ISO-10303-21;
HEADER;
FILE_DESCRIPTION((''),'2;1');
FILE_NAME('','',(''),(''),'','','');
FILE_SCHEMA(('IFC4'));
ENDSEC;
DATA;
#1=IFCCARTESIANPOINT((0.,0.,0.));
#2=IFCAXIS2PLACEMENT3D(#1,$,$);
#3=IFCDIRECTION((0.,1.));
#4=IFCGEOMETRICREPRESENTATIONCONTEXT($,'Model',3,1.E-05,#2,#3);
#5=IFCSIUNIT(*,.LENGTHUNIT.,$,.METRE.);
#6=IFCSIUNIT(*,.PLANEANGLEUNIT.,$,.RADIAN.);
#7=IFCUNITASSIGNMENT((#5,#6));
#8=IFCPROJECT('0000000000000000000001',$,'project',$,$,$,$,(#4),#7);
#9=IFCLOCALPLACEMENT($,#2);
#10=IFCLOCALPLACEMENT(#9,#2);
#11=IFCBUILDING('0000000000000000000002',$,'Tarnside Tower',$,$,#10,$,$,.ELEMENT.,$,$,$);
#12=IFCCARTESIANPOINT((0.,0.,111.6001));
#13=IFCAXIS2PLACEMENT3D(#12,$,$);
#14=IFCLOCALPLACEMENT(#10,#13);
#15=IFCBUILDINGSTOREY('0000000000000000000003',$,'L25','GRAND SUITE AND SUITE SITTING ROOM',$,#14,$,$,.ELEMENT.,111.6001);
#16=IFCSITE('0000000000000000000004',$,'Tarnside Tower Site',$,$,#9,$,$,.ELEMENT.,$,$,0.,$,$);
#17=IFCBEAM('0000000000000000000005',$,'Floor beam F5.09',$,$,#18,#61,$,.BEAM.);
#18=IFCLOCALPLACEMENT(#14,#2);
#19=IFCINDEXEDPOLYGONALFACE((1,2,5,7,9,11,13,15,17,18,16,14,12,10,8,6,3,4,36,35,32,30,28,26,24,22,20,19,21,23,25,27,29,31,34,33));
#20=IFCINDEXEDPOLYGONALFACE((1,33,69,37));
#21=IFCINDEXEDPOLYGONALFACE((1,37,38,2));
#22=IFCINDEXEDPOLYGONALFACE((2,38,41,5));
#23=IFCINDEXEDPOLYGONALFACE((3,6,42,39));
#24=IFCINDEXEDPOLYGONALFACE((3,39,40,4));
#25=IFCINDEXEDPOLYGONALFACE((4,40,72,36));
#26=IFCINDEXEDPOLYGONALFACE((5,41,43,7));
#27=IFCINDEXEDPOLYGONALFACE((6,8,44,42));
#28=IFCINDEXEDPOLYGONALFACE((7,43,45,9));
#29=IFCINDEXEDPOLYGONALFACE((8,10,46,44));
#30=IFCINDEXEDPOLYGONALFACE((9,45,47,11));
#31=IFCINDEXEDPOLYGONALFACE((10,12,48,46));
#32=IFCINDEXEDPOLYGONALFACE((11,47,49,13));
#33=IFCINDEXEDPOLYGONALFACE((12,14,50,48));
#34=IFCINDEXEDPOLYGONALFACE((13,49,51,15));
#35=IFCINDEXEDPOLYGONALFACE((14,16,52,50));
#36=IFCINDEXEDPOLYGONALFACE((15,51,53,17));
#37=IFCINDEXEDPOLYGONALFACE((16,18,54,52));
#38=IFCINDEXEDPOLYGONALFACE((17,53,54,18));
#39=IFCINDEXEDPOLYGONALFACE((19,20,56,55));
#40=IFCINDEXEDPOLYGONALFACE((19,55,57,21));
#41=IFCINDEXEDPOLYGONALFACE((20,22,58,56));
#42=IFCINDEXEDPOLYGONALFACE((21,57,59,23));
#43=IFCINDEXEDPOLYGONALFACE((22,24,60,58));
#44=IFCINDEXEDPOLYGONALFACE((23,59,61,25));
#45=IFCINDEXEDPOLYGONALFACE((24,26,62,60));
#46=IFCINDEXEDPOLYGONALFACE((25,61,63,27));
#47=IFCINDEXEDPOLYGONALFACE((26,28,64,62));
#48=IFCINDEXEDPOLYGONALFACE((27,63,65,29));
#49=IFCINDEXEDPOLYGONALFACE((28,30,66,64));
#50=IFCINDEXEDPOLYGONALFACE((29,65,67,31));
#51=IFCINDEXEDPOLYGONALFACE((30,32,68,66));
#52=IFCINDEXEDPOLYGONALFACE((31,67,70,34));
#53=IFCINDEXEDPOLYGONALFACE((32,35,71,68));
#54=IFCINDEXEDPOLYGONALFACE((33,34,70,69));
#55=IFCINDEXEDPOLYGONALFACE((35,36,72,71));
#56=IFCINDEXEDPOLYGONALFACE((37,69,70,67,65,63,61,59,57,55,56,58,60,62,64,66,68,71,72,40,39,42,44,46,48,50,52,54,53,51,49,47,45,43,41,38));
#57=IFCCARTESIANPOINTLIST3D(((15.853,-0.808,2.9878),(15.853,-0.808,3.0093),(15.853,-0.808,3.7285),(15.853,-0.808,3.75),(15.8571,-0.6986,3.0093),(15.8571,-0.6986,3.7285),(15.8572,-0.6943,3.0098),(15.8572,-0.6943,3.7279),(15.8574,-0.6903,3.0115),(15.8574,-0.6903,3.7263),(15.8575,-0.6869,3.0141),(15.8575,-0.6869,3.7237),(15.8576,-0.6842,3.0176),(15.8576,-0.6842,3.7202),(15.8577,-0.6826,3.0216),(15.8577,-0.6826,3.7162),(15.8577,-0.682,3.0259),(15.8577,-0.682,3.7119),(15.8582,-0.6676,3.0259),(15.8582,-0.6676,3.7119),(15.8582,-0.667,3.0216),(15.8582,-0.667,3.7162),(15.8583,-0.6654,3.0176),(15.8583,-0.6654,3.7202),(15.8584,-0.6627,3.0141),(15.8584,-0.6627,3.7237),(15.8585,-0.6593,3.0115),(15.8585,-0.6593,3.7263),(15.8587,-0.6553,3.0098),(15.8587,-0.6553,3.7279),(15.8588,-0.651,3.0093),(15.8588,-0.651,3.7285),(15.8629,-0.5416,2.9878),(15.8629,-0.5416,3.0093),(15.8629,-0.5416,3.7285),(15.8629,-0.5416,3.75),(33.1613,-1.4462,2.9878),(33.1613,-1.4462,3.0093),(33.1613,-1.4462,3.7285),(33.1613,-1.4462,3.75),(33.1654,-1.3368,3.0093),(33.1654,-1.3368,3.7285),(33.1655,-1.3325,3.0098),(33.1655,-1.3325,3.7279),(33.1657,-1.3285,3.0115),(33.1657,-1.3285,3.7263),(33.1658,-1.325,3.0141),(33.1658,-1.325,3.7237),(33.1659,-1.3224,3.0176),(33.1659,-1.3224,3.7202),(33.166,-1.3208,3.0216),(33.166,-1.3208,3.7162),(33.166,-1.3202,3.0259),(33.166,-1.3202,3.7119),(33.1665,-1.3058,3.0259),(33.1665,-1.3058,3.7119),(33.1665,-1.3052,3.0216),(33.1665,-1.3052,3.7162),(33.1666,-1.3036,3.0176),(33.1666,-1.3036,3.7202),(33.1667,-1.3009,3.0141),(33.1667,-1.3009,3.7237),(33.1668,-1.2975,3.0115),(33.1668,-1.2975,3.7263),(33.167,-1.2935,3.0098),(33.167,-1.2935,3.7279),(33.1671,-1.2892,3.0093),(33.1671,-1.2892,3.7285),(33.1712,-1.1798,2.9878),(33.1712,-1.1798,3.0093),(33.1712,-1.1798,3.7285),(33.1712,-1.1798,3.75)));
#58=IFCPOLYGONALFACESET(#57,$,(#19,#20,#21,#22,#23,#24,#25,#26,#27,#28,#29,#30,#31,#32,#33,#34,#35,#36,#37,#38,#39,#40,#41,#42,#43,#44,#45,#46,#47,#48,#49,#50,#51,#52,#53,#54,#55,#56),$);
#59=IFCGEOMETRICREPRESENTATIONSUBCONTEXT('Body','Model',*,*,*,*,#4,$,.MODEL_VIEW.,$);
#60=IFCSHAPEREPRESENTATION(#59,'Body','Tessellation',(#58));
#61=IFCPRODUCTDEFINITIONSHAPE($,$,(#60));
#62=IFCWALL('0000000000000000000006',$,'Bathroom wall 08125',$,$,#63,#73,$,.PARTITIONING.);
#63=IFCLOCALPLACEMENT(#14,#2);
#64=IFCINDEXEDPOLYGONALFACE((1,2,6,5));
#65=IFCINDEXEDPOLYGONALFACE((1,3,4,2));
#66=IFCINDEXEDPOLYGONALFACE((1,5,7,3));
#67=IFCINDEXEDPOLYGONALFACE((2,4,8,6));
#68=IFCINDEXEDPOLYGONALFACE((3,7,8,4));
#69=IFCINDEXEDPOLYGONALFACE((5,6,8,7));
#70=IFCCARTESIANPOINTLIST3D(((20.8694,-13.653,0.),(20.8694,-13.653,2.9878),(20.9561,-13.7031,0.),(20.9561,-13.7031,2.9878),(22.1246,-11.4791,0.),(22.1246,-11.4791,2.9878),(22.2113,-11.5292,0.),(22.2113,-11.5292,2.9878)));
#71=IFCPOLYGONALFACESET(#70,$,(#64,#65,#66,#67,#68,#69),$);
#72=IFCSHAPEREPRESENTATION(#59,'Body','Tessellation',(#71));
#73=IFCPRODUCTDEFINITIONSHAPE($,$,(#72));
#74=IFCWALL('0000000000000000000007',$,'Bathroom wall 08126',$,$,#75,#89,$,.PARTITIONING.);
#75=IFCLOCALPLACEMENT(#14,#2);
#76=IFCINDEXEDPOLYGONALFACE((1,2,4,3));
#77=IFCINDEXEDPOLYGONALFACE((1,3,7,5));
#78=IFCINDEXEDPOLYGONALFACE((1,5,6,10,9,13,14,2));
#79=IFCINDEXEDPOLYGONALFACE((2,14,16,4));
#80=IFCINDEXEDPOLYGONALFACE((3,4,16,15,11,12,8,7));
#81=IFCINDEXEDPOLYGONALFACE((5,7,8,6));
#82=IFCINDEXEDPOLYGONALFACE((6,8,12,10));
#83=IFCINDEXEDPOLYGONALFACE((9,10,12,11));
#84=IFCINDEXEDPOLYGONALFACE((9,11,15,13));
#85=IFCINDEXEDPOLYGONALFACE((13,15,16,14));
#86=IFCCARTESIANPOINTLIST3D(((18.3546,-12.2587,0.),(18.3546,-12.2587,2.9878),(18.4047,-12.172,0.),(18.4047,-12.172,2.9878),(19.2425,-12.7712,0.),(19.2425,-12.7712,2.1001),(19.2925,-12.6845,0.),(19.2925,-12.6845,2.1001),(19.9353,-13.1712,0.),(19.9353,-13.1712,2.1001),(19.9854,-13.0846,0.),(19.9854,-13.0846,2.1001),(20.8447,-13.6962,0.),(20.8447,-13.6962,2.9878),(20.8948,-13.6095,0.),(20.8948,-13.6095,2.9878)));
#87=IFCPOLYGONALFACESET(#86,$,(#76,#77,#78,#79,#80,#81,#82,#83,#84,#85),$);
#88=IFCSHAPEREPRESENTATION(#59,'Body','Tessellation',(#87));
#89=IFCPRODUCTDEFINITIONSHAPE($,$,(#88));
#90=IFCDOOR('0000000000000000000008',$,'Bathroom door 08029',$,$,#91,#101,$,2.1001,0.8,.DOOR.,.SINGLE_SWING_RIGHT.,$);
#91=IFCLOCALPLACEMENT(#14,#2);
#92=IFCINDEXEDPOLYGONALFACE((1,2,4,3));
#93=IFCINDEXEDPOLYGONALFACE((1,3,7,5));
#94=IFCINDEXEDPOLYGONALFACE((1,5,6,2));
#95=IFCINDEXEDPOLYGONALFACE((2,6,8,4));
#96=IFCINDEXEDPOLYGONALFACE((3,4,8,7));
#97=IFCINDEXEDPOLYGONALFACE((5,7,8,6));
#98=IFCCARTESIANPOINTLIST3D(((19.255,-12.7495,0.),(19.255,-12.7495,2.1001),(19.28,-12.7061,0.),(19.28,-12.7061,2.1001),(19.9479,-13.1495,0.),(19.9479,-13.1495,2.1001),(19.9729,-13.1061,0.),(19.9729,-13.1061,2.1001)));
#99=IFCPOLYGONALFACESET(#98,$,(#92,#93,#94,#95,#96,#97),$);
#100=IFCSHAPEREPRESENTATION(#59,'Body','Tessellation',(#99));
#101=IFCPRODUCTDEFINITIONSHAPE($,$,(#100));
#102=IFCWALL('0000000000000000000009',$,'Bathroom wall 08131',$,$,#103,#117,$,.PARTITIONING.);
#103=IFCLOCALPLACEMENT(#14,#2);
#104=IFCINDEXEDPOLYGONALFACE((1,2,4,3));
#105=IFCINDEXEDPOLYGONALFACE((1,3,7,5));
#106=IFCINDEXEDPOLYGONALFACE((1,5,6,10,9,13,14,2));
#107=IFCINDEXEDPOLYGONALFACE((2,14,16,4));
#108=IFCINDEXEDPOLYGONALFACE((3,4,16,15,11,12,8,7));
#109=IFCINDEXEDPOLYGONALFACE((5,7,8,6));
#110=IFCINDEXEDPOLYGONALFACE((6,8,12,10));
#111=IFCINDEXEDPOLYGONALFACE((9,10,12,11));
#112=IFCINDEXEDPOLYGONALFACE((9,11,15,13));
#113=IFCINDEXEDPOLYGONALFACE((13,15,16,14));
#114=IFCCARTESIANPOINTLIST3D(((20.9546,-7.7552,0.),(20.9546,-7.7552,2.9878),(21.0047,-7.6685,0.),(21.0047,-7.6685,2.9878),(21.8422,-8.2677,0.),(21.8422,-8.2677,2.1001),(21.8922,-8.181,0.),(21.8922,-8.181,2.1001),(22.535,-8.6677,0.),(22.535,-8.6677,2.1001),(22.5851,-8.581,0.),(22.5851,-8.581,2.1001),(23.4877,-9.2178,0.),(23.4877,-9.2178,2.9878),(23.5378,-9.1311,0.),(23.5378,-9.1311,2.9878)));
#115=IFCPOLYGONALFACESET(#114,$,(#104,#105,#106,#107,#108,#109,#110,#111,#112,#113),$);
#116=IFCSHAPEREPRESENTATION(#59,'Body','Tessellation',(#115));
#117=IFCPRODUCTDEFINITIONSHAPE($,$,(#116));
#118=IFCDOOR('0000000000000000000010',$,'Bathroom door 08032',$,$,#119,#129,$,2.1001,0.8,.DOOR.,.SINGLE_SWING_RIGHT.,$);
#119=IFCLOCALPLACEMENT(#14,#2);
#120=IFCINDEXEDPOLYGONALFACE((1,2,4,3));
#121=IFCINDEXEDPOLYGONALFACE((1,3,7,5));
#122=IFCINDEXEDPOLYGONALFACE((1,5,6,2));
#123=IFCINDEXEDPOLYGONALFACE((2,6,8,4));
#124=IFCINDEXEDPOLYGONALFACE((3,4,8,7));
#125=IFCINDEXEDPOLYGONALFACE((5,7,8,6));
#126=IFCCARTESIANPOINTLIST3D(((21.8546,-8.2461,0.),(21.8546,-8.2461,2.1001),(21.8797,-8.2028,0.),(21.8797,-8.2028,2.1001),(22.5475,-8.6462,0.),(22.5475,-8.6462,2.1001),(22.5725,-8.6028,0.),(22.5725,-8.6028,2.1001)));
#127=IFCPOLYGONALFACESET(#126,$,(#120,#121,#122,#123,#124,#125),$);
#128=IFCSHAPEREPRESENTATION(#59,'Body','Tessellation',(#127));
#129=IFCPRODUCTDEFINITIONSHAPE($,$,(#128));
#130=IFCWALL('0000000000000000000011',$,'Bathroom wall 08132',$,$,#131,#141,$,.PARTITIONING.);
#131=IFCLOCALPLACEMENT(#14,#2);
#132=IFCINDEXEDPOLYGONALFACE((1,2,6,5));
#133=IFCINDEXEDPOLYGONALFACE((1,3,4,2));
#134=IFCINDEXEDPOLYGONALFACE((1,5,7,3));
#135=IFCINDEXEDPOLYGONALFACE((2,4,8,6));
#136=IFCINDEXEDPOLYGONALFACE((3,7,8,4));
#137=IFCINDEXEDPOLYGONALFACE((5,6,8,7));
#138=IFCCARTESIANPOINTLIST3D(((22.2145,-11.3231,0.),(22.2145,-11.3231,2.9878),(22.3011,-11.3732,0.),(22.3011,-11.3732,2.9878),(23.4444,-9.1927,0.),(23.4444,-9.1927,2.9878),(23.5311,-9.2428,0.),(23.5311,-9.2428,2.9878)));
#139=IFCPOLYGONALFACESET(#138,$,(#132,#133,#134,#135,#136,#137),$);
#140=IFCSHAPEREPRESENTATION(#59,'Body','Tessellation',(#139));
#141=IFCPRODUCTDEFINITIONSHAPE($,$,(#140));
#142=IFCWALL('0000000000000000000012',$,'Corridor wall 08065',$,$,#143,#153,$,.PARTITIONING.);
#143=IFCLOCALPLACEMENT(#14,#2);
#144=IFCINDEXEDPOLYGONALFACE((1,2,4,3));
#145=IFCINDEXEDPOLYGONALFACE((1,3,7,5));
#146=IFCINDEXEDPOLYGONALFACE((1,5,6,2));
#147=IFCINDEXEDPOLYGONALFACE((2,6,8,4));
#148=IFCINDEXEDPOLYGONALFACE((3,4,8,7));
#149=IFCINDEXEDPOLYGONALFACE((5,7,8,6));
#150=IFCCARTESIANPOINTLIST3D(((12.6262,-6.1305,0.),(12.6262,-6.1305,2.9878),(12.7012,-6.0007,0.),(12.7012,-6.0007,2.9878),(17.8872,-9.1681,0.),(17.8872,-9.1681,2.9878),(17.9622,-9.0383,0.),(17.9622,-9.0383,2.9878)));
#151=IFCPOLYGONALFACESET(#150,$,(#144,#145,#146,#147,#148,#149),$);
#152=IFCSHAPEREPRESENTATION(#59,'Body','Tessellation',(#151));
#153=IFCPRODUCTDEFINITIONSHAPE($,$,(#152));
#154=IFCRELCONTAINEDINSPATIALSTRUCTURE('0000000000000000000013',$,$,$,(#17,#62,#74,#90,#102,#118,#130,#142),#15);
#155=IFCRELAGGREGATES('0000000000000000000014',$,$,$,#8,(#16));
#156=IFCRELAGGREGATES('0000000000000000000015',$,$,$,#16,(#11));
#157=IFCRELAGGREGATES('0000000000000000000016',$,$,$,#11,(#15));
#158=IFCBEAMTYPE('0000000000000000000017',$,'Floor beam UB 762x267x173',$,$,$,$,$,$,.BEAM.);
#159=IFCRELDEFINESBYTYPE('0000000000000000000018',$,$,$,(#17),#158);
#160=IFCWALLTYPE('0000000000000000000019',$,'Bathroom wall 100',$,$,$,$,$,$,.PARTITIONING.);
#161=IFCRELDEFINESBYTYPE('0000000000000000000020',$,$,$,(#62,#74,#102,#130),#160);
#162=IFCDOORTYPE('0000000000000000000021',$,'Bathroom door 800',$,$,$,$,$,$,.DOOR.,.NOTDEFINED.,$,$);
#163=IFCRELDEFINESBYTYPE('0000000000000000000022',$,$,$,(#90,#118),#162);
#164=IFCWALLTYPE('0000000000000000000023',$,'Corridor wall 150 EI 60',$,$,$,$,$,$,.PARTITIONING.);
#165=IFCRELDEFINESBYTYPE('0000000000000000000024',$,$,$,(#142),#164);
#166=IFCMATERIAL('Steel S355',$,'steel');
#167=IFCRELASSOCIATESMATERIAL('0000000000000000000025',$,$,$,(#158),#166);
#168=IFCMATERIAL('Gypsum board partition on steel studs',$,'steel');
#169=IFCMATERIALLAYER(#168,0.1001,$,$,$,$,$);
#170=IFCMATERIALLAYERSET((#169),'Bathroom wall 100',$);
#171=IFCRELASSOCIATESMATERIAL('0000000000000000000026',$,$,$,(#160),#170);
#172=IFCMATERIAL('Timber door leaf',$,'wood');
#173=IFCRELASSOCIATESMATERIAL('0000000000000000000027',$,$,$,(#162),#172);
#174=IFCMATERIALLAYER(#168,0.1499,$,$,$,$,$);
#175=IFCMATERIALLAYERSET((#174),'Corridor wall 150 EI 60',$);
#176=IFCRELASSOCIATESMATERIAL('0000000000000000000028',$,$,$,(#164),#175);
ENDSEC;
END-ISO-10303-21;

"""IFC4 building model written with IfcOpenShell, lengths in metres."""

from ifc_helpers import new_model, si_unit, direction, frame, frame_2d, origin, origin_2d, place, context, subcontext, project, spatial, rectangle, i_section, extrude, material, layer, layer_set, material_profile, profile_set, type_object, element, fill, save


model = new_model("IFC4")

# Units and contexts
model_context = context("Model", 3, precision=1e-05, world=origin(), true_north=direction((0.0, 1.0)))
body_context = subcontext(model_context, "Body", "Model", "MODEL_VIEW")
ifc_project = project(units=[si_unit("LENGTHUNIT", "METRE"), si_unit("PLANEANGLEUNIT", "RADIAN")], contexts=[model_context])

# Site, building, storey
site_placement = place(None, origin())
site = spatial("IfcSite", under=ifc_project, at=site_placement, Name="Tarnside Tower Site", CompositionType="ELEMENT", RefElevation=0.0)
building_placement = place(site_placement, origin())
building = spatial("IfcBuilding", under=site, at=building_placement, Name="Tarnside Tower", CompositionType="ELEMENT")
storey_placement = place(building_placement, frame((0.0, 0.0, 111.6001)))
storey = spatial("IfcBuildingStorey", under=building, at=storey_placement, Name="L25", Description="GRAND SUITE AND SUITE SITTING ROOM", CompositionType="ELEMENT", Elevation=111.6001)

# Beam
ifc_material_1 = material(Name="Steel S355", Category="steel")
ifc_material_profile_1 = material_profile(ifc_material_1, i_section(OverallWidth=0.2666, OverallDepth=0.7622, WebThickness=0.0144, FlangeThickness=0.0215, FilletRadius=0.0166, at=origin_2d()), Name="UB 762x267x173")
ifc_profile_set_1 = profile_set([ifc_material_profile_1], Name="Steel S355")
beam_type_1 = type_object("IfcBeamType", Name="Floor beam UB 762x267x173", PredefinedType="BEAM", material=ifc_profile_set_1)
beam_1_placement = place(storey_placement, frame((33.1663, -1.313, 3.3689), z_axis=(-0.999321, 0.036846, 0.0), x_axis=(-0.036846, -0.999321, 0.0)))
element("IfcBeam", 1, at=beam_1_placement, inside=storey, type_object=beam_type_1, Name="Floor beam F5.09", PredefinedType="BEAM", context=body_context, shape_type="SweptSolid", body=[
    extrude(i_section(OverallWidth=0.2666, OverallDepth=0.7622, WebThickness=0.0144, FlangeThickness=0.0215, FilletRadius=0.0166, at=origin_2d()), origin(), (0.0, 0.0, 1.0), 17.3201),
])

# Wall
ifc_material_2 = material(Name="Gypsum board partition on steel studs", Category="steel")
ifc_layer_1 = layer(ifc_material_2, 0.1001)
ifc_layer_set_1 = layer_set([ifc_layer_1], Name="Bathroom wall 100")
wall_type_1 = type_object("IfcWallType", Name="Bathroom wall 100", PredefinedType="PARTITIONING", material=ifc_layer_set_1)
wall_1_placement = place(storey_placement, frame((22.168, -11.5042, 0.0), z_axis=(0.0, 0.0, 1.0), x_axis=(-0.50002, -0.866014, 0.0)))
element("IfcWall", 2, at=wall_1_placement, inside=storey, type_object=wall_type_1, Name="Bathroom wall 08125", PredefinedType="PARTITIONING", context=body_context, shape_type="SweptSolid", body=[
    extrude(rectangle(XDim=2.5103, YDim=0.1001, at=frame_2d((1.2551, 0.0))), origin(), (0.0, 0.0, 1.0), 2.9878),
])

# Walls, openings, doors
wall_2_placement = place(storey_placement, frame((20.8696, -13.6528, 0.0), z_axis=(0.0, 0.0, 1.0), x_axis=(-0.86604, 0.499975, 0.0)))
wall_2 = element("IfcWall", 3, at=wall_2_placement, inside=storey, type_object=wall_type_1, Name="Bathroom wall 08126", PredefinedType="PARTITIONING", context=body_context, shape_type="SweptSolid", body=[
    extrude(rectangle(XDim=2.8752, YDim=0.1001, at=frame_2d((1.4375, 0.0))), origin(), (0.0, 0.0, 1.0), 2.9878),
])
opening_1_placement = place(wall_2_placement, frame((1.05, 0.0, 0.0)))
opening_1 = element("IfcOpeningElement", 4, at=opening_1_placement, cuts=wall_2, PredefinedType="OPENING", context=body_context, shape_type="SweptSolid", body=[
    extrude(rectangle(XDim=0.8, YDim=2.1001, at=frame_2d((0.3999, 1.05))), frame((0.0, 0.0601, 0.0), z_axis=(0.0, -1.0, 0.0), x_axis=(1.0, 0.0, 0.0)), (0.0, 0.0, 1.0), 0.1201),
])
ifc_material_3 = material(Name="Timber door leaf", Category="wood")
door_type_1 = type_object("IfcDoorType", Name="Bathroom door 800", OperationType="NOTDEFINED", PredefinedType="DOOR", material=ifc_material_3)
door_1_placement = place(opening_1_placement, origin())
door_1 = element("IfcDoor", 5, at=door_1_placement, inside=storey, type_object=door_type_1, Name="Bathroom door 08029", OperationType="SINGLE_SWING_RIGHT", OverallHeight=2.1001, OverallWidth=0.8, PredefinedType="DOOR", context=body_context, shape_type="SweptSolid", body=[
    extrude(rectangle(XDim=0.8, YDim=2.1001, at=frame_2d((0.3999, 1.05))), frame((0.0, 0.0249, 0.0), z_axis=(0.0, -1.0, 0.0), x_axis=(1.0, 0.0, 0.0)), (0.0, 0.0, 1.0), 0.05),
])
fill(opening_1, door_1)
wall_3_placement = place(storey_placement, frame((20.9797, -7.7119, 0.0), z_axis=(0.0, 0.0, 1.0), x_axis=(0.86601, -0.500026, 0.0)))
wall_3 = element("IfcWall", 6, at=wall_3_placement, inside=storey, type_object=wall_type_1, Name="Bathroom wall 08131", PredefinedType="PARTITIONING", context=body_context, shape_type="SweptSolid", body=[
    extrude(rectangle(XDim=2.925, YDim=0.1001, at=frame_2d((1.4624, 0.0))), origin(), (0.0, 0.0, 1.0), 2.9878),
])
opening_2_placement = place(wall_3_placement, frame((1.0249, 0.0, 0.0)))
opening_2 = element("IfcOpeningElement", 7, at=opening_2_placement, cuts=wall_3, PredefinedType="OPENING", context=body_context, shape_type="SweptSolid", body=[
    extrude(rectangle(XDim=0.8, YDim=2.1001, at=frame_2d((0.3999, 1.05))), frame((0.0, 0.0601, 0.0), z_axis=(0.0, -1.0, 0.0), x_axis=(1.0, 0.0, 0.0)), (0.0, 0.0, 1.0), 0.1201),
])
door_2_placement = place(opening_2_placement, origin())
door_2 = element("IfcDoor", 8, at=door_2_placement, inside=storey, type_object=door_type_1, Name="Bathroom door 08032", OperationType="SINGLE_SWING_RIGHT", OverallHeight=2.1001, OverallWidth=0.8, PredefinedType="DOOR", context=body_context, shape_type="SweptSolid", body=[
    extrude(rectangle(XDim=0.8, YDim=2.1001, at=frame_2d((0.3999, 1.05))), frame((0.0, 0.0249, 0.0), z_axis=(0.0, -1.0, 0.0), x_axis=(1.0, 0.0, 0.0)), (0.0, 0.0, 1.0), 0.05),
])
fill(opening_2, door_2)

# Walls
wall_4_placement = place(storey_placement, frame((23.4878, -9.2178, 0.0), z_axis=(0.0, 0.0, 1.0), x_axis=(-0.500003, -0.866024, 0.0)))
element("IfcWall", 9, at=wall_4_placement, inside=storey, type_object=wall_type_1, Name="Bathroom wall 08132", PredefinedType="PARTITIONING", context=body_context, shape_type="SweptSolid", body=[
    extrude(rectangle(XDim=2.46, YDim=0.1001, at=frame_2d((1.23, 0.0))), origin(), (0.0, 0.0, 1.0), 2.9878),
])
ifc_layer_2 = layer(ifc_material_2, 0.1499)
ifc_layer_set_2 = layer_set([ifc_layer_2], Name="Corridor wall 150 EI 60")
wall_type_2 = type_object("IfcWallType", Name="Corridor wall 150 EI 60", PredefinedType="PARTITIONING", material=ifc_layer_set_2)
wall_5_placement = place(storey_placement, frame((17.9248, -9.1033, 0.0), z_axis=(0.0, 0.0, 1.0), x_axis=(-0.866014, 0.50002, 0.0)))
element("IfcWall", 10, at=wall_5_placement, inside=storey, type_object=wall_type_2, Name="Corridor wall 08065", PredefinedType="PARTITIONING", context=body_context, shape_type="SweptSolid", body=[
    extrude(rectangle(XDim=6.075, YDim=0.1499, at=frame_2d((3.0376, 0.0))), origin(), (0.0, 0.0, 1.0), 2.9878),
])

save(model, "model.ifc")
